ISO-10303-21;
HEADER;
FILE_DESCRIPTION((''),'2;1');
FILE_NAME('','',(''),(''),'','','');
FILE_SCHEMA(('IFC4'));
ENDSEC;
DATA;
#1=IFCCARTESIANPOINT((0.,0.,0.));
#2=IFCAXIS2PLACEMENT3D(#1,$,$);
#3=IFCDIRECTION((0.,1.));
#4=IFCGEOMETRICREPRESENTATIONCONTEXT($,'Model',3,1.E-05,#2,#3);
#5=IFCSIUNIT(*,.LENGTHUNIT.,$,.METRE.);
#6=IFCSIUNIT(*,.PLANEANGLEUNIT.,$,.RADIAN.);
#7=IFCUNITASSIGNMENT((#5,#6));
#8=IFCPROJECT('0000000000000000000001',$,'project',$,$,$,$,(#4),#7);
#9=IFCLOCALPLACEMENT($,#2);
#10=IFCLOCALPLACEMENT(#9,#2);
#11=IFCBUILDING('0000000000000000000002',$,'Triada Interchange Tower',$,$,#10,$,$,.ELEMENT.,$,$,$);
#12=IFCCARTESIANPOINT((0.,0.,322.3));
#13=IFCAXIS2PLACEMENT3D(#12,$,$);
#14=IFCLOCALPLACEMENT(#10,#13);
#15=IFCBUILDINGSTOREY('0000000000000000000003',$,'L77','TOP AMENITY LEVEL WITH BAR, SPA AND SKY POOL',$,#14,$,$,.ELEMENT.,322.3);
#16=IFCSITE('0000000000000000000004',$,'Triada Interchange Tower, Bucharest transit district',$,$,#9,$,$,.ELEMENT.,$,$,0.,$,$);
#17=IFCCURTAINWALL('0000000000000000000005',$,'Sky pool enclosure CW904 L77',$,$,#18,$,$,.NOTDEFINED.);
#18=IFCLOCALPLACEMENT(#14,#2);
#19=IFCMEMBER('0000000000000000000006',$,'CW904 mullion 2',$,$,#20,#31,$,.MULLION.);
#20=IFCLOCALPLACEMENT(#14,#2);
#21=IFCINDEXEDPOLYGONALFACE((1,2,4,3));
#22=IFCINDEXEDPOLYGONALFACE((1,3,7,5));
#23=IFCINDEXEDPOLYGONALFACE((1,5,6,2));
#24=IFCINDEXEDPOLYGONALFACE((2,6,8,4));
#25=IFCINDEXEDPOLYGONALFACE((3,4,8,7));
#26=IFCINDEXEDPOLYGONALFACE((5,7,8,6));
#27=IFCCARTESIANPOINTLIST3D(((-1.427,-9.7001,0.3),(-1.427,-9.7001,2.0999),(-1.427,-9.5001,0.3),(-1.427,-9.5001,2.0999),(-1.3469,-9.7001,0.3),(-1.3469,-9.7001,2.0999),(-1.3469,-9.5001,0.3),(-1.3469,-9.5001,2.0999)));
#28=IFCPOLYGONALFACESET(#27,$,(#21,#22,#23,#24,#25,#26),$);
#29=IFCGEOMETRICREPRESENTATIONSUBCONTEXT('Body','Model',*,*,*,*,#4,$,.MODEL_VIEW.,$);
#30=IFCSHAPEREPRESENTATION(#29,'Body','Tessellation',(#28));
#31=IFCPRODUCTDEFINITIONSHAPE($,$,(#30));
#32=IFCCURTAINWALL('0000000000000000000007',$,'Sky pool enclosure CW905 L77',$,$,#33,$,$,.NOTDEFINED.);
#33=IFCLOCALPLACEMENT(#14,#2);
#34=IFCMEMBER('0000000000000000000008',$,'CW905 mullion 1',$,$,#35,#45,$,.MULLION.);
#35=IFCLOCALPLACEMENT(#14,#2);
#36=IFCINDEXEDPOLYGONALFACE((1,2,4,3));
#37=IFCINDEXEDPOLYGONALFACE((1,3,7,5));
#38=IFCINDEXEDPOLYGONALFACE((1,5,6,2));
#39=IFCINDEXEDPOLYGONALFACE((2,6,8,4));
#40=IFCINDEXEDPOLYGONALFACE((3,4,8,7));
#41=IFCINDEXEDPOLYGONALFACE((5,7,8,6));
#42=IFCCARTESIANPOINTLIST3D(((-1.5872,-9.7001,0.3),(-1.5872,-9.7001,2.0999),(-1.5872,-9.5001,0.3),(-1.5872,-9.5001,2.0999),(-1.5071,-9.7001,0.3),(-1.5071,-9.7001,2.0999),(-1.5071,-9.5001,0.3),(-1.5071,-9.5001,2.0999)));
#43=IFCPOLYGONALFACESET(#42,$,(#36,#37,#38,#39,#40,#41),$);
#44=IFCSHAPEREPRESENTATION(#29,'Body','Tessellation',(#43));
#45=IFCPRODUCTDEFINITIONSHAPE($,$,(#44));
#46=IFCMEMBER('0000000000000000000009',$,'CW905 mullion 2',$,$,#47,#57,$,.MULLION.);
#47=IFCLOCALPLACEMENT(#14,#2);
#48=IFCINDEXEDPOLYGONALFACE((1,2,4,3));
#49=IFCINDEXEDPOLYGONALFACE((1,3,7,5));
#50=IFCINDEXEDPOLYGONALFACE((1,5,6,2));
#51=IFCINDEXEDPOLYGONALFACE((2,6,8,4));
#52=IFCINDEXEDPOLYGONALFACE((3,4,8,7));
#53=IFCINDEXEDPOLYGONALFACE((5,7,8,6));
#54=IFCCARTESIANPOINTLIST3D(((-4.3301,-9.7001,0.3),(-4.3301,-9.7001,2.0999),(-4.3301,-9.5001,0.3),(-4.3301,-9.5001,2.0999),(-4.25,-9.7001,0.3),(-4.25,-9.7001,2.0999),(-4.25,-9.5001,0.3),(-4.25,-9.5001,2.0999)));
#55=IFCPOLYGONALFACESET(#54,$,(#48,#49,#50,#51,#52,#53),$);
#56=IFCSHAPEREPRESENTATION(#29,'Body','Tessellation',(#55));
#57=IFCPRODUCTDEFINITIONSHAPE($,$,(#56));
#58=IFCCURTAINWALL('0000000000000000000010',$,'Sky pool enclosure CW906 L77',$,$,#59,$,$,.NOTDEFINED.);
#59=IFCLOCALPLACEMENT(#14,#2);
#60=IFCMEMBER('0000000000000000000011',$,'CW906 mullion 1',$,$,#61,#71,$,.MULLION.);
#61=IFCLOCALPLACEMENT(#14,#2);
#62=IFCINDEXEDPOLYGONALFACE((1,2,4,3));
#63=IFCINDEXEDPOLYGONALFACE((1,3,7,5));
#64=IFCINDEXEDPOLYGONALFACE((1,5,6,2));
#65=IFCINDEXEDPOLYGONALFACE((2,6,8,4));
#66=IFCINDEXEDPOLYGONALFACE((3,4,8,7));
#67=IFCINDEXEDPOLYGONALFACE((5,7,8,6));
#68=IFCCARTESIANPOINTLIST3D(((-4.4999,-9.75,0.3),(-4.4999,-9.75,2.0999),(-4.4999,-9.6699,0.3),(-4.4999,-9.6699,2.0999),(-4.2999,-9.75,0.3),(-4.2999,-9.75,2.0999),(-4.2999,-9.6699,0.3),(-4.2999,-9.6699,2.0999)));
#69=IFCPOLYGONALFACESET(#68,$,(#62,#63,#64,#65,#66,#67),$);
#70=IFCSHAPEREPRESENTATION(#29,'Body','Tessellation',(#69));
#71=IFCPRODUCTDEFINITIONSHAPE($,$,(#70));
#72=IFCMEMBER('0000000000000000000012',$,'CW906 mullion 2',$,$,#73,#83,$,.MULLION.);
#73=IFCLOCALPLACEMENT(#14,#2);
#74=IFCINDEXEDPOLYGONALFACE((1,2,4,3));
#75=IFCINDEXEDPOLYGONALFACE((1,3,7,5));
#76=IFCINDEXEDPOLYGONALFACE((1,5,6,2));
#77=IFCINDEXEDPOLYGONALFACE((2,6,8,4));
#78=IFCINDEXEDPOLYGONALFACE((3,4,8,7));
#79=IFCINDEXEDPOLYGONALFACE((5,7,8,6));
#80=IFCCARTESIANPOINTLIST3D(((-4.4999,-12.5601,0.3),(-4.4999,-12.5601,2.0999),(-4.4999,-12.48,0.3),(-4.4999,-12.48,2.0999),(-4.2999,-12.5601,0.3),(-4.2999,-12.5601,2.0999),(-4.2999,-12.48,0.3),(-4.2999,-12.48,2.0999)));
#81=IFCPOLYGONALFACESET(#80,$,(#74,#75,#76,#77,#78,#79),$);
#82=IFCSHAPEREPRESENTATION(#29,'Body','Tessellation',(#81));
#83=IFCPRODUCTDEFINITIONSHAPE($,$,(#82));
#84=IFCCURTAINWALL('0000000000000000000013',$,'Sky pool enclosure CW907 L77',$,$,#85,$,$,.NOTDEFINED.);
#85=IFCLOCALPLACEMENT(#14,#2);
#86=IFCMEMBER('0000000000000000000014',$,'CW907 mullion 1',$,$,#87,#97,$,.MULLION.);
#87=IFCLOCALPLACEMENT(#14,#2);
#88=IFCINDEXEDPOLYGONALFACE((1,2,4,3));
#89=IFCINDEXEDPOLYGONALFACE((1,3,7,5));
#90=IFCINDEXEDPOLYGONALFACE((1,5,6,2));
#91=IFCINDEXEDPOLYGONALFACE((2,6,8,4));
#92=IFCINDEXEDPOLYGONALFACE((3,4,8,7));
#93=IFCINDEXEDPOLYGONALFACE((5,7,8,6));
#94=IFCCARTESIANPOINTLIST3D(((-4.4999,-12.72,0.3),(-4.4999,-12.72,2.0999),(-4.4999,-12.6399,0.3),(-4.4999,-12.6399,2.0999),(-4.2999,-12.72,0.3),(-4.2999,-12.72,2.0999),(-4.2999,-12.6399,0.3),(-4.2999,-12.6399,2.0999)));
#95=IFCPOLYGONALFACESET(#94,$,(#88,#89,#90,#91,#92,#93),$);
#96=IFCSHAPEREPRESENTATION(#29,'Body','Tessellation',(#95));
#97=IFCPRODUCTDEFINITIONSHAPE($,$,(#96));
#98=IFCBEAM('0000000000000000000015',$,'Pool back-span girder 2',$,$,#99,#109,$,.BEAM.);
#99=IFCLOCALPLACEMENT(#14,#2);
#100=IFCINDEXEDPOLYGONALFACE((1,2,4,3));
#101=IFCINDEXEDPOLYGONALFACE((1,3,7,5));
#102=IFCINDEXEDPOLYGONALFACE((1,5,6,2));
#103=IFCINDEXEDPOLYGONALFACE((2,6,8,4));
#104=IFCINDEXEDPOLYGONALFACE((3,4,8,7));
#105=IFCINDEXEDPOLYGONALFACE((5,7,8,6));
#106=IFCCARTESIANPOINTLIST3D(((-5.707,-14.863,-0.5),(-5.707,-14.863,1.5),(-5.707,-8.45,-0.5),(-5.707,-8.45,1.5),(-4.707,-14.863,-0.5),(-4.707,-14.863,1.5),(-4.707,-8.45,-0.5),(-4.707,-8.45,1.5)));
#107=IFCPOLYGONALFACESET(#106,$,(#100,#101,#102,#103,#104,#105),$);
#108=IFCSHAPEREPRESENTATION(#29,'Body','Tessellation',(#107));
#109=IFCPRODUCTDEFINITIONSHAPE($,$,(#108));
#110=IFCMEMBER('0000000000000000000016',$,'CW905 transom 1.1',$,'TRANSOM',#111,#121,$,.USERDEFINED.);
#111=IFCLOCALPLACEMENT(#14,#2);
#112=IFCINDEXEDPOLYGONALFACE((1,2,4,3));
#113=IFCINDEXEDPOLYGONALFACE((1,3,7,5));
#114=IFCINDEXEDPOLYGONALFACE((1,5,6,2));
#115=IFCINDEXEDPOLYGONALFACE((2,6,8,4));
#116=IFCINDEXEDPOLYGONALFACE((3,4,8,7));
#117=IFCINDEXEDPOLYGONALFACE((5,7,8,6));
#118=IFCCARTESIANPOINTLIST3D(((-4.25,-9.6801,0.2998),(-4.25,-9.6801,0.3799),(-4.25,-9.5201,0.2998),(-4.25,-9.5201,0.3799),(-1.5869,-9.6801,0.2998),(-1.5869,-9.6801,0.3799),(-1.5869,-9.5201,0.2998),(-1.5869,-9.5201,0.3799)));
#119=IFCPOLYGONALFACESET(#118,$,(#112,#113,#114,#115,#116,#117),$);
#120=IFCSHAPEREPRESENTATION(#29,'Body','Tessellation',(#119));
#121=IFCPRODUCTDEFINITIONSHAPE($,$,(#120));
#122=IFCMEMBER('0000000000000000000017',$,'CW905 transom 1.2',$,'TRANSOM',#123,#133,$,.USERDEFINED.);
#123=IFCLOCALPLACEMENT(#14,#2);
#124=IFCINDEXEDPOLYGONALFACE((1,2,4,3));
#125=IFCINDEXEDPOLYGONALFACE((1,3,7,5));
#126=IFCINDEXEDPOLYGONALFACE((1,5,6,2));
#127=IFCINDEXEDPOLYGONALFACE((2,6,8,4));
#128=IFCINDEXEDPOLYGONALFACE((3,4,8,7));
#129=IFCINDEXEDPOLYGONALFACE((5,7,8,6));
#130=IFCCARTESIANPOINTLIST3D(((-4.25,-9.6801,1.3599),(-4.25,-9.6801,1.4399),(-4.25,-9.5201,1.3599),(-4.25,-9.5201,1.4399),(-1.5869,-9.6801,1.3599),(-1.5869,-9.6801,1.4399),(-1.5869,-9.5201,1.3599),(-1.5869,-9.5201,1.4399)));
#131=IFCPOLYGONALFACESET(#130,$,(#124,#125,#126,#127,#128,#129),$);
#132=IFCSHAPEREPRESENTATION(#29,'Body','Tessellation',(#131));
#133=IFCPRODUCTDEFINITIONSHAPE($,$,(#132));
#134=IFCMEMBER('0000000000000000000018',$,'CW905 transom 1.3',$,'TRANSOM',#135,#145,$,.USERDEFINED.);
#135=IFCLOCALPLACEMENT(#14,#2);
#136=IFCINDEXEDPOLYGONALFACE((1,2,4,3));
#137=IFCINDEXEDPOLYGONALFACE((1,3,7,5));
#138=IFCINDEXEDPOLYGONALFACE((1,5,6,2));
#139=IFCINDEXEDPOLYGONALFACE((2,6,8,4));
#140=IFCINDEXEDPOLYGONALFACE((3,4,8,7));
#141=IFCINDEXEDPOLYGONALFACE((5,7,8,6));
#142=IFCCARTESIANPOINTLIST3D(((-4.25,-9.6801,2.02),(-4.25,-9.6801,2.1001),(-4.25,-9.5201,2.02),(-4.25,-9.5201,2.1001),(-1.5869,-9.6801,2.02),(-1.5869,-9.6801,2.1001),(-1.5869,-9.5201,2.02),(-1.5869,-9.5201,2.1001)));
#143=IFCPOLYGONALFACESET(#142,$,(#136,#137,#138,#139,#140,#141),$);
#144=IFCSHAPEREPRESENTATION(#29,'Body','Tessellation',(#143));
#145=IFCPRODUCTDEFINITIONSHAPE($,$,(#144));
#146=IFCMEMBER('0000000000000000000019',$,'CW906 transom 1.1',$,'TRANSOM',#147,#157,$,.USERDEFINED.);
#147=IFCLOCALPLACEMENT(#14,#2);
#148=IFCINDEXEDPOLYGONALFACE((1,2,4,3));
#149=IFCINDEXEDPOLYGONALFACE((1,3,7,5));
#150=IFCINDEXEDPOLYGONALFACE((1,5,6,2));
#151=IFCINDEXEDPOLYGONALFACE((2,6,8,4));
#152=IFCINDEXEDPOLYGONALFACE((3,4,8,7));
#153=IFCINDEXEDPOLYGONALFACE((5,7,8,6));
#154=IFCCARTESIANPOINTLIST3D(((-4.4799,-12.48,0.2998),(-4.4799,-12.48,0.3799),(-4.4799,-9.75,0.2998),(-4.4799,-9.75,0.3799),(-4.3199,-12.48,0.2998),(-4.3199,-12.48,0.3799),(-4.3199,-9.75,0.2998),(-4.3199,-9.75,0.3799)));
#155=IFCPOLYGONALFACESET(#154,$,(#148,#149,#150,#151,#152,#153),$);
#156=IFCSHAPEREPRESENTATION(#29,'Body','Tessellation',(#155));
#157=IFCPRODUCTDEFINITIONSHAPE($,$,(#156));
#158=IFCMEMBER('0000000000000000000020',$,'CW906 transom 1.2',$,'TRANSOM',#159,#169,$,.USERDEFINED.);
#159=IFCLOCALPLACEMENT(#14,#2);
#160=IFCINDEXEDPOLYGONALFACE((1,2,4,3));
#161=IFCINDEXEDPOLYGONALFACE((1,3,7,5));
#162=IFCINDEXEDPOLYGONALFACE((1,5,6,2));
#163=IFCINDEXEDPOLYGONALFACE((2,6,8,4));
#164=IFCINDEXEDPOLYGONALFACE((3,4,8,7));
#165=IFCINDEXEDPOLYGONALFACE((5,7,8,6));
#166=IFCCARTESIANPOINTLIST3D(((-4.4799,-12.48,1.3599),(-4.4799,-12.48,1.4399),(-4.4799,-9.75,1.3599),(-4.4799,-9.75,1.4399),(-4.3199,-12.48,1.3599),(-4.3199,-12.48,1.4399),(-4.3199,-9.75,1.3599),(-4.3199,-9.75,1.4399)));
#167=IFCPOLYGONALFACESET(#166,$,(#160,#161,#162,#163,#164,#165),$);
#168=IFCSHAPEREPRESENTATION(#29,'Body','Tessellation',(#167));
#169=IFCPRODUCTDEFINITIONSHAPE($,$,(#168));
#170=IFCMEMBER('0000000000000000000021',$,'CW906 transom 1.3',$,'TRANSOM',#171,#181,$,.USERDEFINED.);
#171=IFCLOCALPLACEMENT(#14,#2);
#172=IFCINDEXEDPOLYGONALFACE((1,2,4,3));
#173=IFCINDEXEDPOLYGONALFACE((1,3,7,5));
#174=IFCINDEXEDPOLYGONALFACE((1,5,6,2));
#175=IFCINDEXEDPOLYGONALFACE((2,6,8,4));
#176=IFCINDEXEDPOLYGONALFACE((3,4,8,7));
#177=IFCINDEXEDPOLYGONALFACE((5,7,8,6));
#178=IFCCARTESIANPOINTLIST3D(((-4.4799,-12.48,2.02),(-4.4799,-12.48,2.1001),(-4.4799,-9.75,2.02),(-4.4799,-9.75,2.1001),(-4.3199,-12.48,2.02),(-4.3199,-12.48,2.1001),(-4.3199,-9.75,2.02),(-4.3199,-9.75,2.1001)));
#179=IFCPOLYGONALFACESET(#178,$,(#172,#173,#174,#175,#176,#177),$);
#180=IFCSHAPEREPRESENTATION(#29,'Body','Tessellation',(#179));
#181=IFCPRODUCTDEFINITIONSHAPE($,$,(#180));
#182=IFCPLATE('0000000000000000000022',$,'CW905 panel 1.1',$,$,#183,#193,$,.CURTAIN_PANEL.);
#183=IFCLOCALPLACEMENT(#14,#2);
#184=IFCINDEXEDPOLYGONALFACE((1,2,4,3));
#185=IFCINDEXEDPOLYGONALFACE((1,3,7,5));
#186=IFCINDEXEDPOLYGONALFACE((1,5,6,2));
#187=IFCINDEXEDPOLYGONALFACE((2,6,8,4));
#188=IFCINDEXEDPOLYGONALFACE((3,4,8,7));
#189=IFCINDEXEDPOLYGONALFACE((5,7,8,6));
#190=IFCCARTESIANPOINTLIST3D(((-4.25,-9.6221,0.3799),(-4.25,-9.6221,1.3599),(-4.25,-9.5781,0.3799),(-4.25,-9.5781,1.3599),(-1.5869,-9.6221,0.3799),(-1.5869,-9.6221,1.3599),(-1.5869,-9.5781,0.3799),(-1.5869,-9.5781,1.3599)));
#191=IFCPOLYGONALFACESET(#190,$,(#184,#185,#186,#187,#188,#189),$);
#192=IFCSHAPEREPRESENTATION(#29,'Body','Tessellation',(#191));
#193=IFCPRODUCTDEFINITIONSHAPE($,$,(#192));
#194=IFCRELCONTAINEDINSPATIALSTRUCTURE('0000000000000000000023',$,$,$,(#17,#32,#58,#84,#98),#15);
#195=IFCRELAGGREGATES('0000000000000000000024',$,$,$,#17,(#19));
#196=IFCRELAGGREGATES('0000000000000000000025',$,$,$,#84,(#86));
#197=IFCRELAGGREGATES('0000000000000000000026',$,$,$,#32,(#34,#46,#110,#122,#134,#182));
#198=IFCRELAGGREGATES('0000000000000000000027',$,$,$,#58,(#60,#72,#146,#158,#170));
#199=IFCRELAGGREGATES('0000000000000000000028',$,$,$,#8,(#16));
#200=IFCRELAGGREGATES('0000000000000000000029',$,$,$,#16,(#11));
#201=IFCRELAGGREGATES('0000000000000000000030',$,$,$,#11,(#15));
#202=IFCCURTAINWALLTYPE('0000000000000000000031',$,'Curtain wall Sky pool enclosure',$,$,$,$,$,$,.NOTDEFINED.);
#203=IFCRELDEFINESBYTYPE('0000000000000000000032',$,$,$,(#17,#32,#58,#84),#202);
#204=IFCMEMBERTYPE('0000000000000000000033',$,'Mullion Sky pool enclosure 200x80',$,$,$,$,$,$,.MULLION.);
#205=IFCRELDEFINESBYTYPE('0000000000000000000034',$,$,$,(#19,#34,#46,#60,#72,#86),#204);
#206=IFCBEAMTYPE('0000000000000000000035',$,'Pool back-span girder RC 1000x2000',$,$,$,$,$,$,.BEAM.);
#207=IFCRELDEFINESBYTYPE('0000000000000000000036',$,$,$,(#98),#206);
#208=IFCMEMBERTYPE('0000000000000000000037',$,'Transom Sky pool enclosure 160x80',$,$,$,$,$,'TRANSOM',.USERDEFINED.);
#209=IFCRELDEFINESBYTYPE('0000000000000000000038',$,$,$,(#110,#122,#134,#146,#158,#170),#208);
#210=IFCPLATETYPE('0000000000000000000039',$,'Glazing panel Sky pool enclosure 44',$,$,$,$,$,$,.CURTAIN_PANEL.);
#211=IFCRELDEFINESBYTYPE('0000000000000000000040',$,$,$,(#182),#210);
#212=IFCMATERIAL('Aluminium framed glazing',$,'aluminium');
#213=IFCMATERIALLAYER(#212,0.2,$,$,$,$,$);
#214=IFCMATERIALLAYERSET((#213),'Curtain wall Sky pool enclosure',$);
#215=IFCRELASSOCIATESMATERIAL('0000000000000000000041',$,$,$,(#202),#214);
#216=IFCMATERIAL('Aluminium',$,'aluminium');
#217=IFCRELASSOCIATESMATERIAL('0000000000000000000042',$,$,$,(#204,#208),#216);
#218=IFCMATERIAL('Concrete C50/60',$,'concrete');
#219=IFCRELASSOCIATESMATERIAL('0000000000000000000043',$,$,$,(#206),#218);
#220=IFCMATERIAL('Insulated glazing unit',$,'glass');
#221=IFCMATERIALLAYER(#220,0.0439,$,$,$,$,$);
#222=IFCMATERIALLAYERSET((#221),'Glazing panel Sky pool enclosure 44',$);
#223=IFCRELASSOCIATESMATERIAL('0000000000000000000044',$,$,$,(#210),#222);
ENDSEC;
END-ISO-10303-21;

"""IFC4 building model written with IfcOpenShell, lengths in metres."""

from ifc_helpers import new_model, si_unit, direction, frame, origin, origin_2d, place, context, subcontext, project, spatial, rectangle, extrude, material, layer, layer_set, material_profile, profile_set, type_object, element, aggregate, save


model = new_model("IFC4")

# Units and contexts
model_context = context("Model", 3, precision=1e-05, world=origin(), true_north=direction((0.0, 1.0)))
body_context = subcontext(model_context, "Body", "Model", "MODEL_VIEW")
ifc_project = project(units=[si_unit("LENGTHUNIT", "METRE"), si_unit("PLANEANGLEUNIT", "RADIAN")], contexts=[model_context])

# Site, building, storey
site_placement = place(None, origin())
site = spatial("IfcSite", under=ifc_project, at=site_placement, Name="Triada Interchange Tower, Bucharest transit district", CompositionType="ELEMENT", RefElevation=0.0)
building_placement = place(site_placement, origin())
building = spatial("IfcBuilding", under=site, at=building_placement, Name="Triada Interchange Tower", CompositionType="ELEMENT")
storey_placement = place(building_placement, frame((0.0, 0.0, 322.3)))
storey = spatial("IfcBuildingStorey", under=building, at=storey_placement, Name="L77", Description="TOP AMENITY LEVEL WITH BAR, SPA AND SKY POOL", CompositionType="ELEMENT", Elevation=322.3)

# Curtain wall, member
ifc_material_1 = material(Name="Aluminium framed glazing", Category="aluminium")
ifc_layer_1 = layer(ifc_material_1, 0.2)
ifc_layer_set_1 = layer_set([ifc_layer_1], Name="Curtain wall Sky pool enclosure")
curtain_wall_type = type_object("IfcCurtainWallType", Name="Curtain wall Sky pool enclosure", PredefinedType="NOTDEFINED", material=ifc_layer_set_1)
curtain_wall_1_placement = place(storey_placement, origin())
curtain_wall_1 = element("IfcCurtainWall", 1, at=curtain_wall_1_placement, inside=storey, type_object=curtain_wall_type, Name="Sky pool enclosure CW904 L77", PredefinedType="NOTDEFINED")
ifc_material_2 = material(Name="Aluminium", Category="aluminium")
ifc_material_profile_1 = material_profile(ifc_material_2, rectangle(XDim=0.2, YDim=0.0801, at=origin_2d()), Name="Aluminium mullion")
ifc_profile_set_1 = profile_set([ifc_material_profile_1], Name="Aluminium")
member_type_1 = type_object("IfcMemberType", Name="Mullion Sky pool enclosure 200x80", PredefinedType="MULLION", material=ifc_profile_set_1)
member_1_placement = place(storey_placement, frame((-1.387, -9.6001, 0.3), z_axis=(0.0, 0.0, 1.0), x_axis=(0.0, -1.0, 0.0)))
member_1 = element("IfcMember", 2, at=member_1_placement, type_object=member_type_1, Name="CW904 mullion 2", PredefinedType="MULLION", context=body_context, shape_type="SweptSolid", body=[
    extrude(rectangle(XDim=0.2, YDim=0.0801, at=origin_2d()), origin(), (0.0, 0.0, 1.0), 1.7998),
])
aggregate(curtain_wall_1, [member_1])

# Curtain walls, members
curtain_wall_2_placement = place(storey_placement, origin())
curtain_wall_2 = element("IfcCurtainWall", 3, at=curtain_wall_2_placement, inside=storey, type_object=curtain_wall_type, Name="Sky pool enclosure CW905 L77", PredefinedType="NOTDEFINED")
member_2_placement = place(storey_placement, frame((-1.5471, -9.6001, 0.3), z_axis=(0.0, 0.0, 1.0), x_axis=(0.0, -1.0, 0.0)))
member_2 = element("IfcMember", 4, at=member_2_placement, type_object=member_type_1, Name="CW905 mullion 1", PredefinedType="MULLION", context=body_context, shape_type="SweptSolid", body=[
    extrude(rectangle(XDim=0.2, YDim=0.0801, at=origin_2d()), origin(), (0.0, 0.0, 1.0), 1.7998),
])
member_3_placement = place(storey_placement, frame((-4.29, -9.6001, 0.3), z_axis=(0.0, 0.0, 1.0), x_axis=(0.0, -1.0, 0.0)))
member_3 = element("IfcMember", 5, at=member_3_placement, type_object=member_type_1, Name="CW905 mullion 2", PredefinedType="MULLION", context=body_context, shape_type="SweptSolid", body=[
    extrude(rectangle(XDim=0.2, YDim=0.0801, at=origin_2d()), origin(), (0.0, 0.0, 1.0), 1.7998),
])
curtain_wall_3_placement = place(storey_placement, origin())
curtain_wall_3 = element("IfcCurtainWall", 6, at=curtain_wall_3_placement, inside=storey, type_object=curtain_wall_type, Name="Sky pool enclosure CW906 L77", PredefinedType="NOTDEFINED")
member_4_placement = place(storey_placement, frame((-4.3999, -9.71, 0.3), z_axis=(0.0, 0.0, 1.0), x_axis=(1.0, 0.0, 0.0)))
member_4 = element("IfcMember", 7, at=member_4_placement, type_object=member_type_1, Name="CW906 mullion 1", PredefinedType="MULLION", context=body_context, shape_type="SweptSolid", body=[
    extrude(rectangle(XDim=0.2, YDim=0.0801, at=origin_2d()), origin(), (0.0, 0.0, 1.0), 1.7998),
])
member_5_placement = place(storey_placement, frame((-4.3999, -12.52, 0.3), z_axis=(0.0, 0.0, 1.0), x_axis=(1.0, 0.0, 0.0)))
member_5 = element("IfcMember", 8, at=member_5_placement, type_object=member_type_1, Name="CW906 mullion 2", PredefinedType="MULLION", context=body_context, shape_type="SweptSolid", body=[
    extrude(rectangle(XDim=0.2, YDim=0.0801, at=origin_2d()), origin(), (0.0, 0.0, 1.0), 1.7998),
])

# Curtain wall, member
curtain_wall_4_placement = place(storey_placement, origin())
curtain_wall_4 = element("IfcCurtainWall", 9, at=curtain_wall_4_placement, inside=storey, type_object=curtain_wall_type, Name="Sky pool enclosure CW907 L77", PredefinedType="NOTDEFINED")
member_6_placement = place(storey_placement, frame((-4.3999, -12.6799, 0.3), z_axis=(0.0, 0.0, 1.0), x_axis=(1.0, 0.0, 0.0)))
member_6 = element("IfcMember", 10, at=member_6_placement, type_object=member_type_1, Name="CW907 mullion 1", PredefinedType="MULLION", context=body_context, shape_type="SweptSolid", body=[
    extrude(rectangle(XDim=0.2, YDim=0.0801, at=origin_2d()), origin(), (0.0, 0.0, 1.0), 1.7998),
])
aggregate(curtain_wall_4, [member_6])

# Beam
ifc_material_3 = material(Name="Concrete C50/60", Category="concrete")
ifc_material_profile_2 = material_profile(ifc_material_3, rectangle(XDim=1.0, YDim=2.0, at=origin_2d()), Name="RC 1000x2000")
ifc_profile_set_2 = profile_set([ifc_material_profile_2], Name="Concrete C50/60")
beam_type = type_object("IfcBeamType", Name="Pool back-span girder RC 1000x2000", PredefinedType="BEAM", material=ifc_profile_set_2)
beam_placement = place(storey_placement, frame((-5.207, -8.45, 0.5), z_axis=(0.0, -1.0, 0.0), x_axis=(1.0, 0.0, 0.0)))
element("IfcBeam", 11, at=beam_placement, inside=storey, type_object=beam_type, Name="Pool back-span girder 2", PredefinedType="BEAM", context=body_context, shape_type="SweptSolid", body=[
    extrude(rectangle(XDim=1.0, YDim=2.0, at=origin_2d()), origin(), (0.0, 0.0, 1.0), 6.4131),
])

# Members
ifc_material_profile_3 = material_profile(ifc_material_2, rectangle(XDim=0.1599, YDim=0.0801, at=origin_2d()), Name="Aluminium transom")
ifc_profile_set_3 = profile_set([ifc_material_profile_3], Name="Aluminium")
member_type_2 = type_object("IfcMemberType", Name="Transom Sky pool enclosure 160x80", ElementType="TRANSOM", PredefinedType="USERDEFINED", material=ifc_profile_set_3)
member_7_placement = place(storey_placement, frame((-1.5869, -9.6001, 0.3398), z_axis=(-1.0, 0.0, 0.0), x_axis=(0.0, -1.0, 0.0)))
member_7 = element("IfcMember", 12, at=member_7_placement, type_object=member_type_2, Name="CW905 transom 1.1", ObjectType="TRANSOM", PredefinedType="USERDEFINED", context=body_context, shape_type="SweptSolid", body=[
    extrude(rectangle(XDim=0.1599, YDim=0.0801, at=origin_2d()), origin(), (0.0, 0.0, 1.0), 2.6631),
])
member_8_placement = place(storey_placement, frame((-1.5869, -9.6001, 1.3999), z_axis=(-1.0, 0.0, 0.0), x_axis=(0.0, -1.0, 0.0)))
member_8 = element("IfcMember", 13, at=member_8_placement, type_object=member_type_2, Name="CW905 transom 1.2", ObjectType="TRANSOM", PredefinedType="USERDEFINED", context=body_context, shape_type="SweptSolid", body=[
    extrude(rectangle(XDim=0.1599, YDim=0.0801, at=origin_2d()), origin(), (0.0, 0.0, 1.0), 2.6631),
])
member_9_placement = place(storey_placement, frame((-1.5869, -9.6001, 2.0601), z_axis=(-1.0, 0.0, 0.0), x_axis=(0.0, -1.0, 0.0)))
member_9 = element("IfcMember", 14, at=member_9_placement, type_object=member_type_2, Name="CW905 transom 1.3", ObjectType="TRANSOM", PredefinedType="USERDEFINED", context=body_context, shape_type="SweptSolid", body=[
    extrude(rectangle(XDim=0.1599, YDim=0.0801, at=origin_2d()), origin(), (0.0, 0.0, 1.0), 2.6631),
])
member_10_placement = place(storey_placement, frame((-4.3999, -9.75, 0.3398), z_axis=(0.0, -1.0, 0.0), x_axis=(1.0, 0.0, 0.0)))
member_10 = element("IfcMember", 15, at=member_10_placement, type_object=member_type_2, Name="CW906 transom 1.1", ObjectType="TRANSOM", PredefinedType="USERDEFINED", context=body_context, shape_type="SweptSolid", body=[
    extrude(rectangle(XDim=0.1599, YDim=0.0801, at=origin_2d()), origin(), (0.0, 0.0, 1.0), 2.73),
])
member_11_placement = place(storey_placement, frame((-4.3999, -9.75, 1.3999), z_axis=(0.0, -1.0, 0.0), x_axis=(1.0, 0.0, 0.0)))
member_11 = element("IfcMember", 16, at=member_11_placement, type_object=member_type_2, Name="CW906 transom 1.2", ObjectType="TRANSOM", PredefinedType="USERDEFINED", context=body_context, shape_type="SweptSolid", body=[
    extrude(rectangle(XDim=0.1599, YDim=0.0801, at=origin_2d()), origin(), (0.0, 0.0, 1.0), 2.73),
])
member_12_placement = place(storey_placement, frame((-4.3999, -9.75, 2.0601), z_axis=(0.0, -1.0, 0.0), x_axis=(1.0, 0.0, 0.0)))
member_12 = element("IfcMember", 17, at=member_12_placement, type_object=member_type_2, Name="CW906 transom 1.3", ObjectType="TRANSOM", PredefinedType="USERDEFINED", context=body_context, shape_type="SweptSolid", body=[
    extrude(rectangle(XDim=0.1599, YDim=0.0801, at=origin_2d()), origin(), (0.0, 0.0, 1.0), 2.73),
])

# Plate
ifc_material_4 = material(Name="Insulated glazing unit", Category="glass")
ifc_layer_2 = layer(ifc_material_4, 0.0439)
ifc_layer_set_2 = layer_set([ifc_layer_2], Name="Glazing panel Sky pool enclosure 44")
plate_type = type_object("IfcPlateType", Name="Glazing panel Sky pool enclosure 44", PredefinedType="CURTAIN_PANEL", material=ifc_layer_set_2)
plate_1_placement = place(storey_placement, frame((-2.9185, -9.6001, 0.3799), z_axis=(0.0, 0.0, 1.0), x_axis=(-1.0, 0.0, 0.0)))
plate_1 = element("IfcPlate", 18, at=plate_1_placement, type_object=plate_type, Name="CW905 panel 1.1", PredefinedType="CURTAIN_PANEL", context=body_context, shape_type="SweptSolid", body=[
    extrude(rectangle(XDim=2.6631, YDim=0.0439, at=origin_2d()), origin(), (0.0, 0.0, 1.0), 0.98),
])
aggregate(curtain_wall_2, [member_2, member_3, member_7, member_8, member_9, plate_1])
aggregate(curtain_wall_3, [member_4, member_5, member_10, member_11, member_12])

save(model, "model.ifc")
